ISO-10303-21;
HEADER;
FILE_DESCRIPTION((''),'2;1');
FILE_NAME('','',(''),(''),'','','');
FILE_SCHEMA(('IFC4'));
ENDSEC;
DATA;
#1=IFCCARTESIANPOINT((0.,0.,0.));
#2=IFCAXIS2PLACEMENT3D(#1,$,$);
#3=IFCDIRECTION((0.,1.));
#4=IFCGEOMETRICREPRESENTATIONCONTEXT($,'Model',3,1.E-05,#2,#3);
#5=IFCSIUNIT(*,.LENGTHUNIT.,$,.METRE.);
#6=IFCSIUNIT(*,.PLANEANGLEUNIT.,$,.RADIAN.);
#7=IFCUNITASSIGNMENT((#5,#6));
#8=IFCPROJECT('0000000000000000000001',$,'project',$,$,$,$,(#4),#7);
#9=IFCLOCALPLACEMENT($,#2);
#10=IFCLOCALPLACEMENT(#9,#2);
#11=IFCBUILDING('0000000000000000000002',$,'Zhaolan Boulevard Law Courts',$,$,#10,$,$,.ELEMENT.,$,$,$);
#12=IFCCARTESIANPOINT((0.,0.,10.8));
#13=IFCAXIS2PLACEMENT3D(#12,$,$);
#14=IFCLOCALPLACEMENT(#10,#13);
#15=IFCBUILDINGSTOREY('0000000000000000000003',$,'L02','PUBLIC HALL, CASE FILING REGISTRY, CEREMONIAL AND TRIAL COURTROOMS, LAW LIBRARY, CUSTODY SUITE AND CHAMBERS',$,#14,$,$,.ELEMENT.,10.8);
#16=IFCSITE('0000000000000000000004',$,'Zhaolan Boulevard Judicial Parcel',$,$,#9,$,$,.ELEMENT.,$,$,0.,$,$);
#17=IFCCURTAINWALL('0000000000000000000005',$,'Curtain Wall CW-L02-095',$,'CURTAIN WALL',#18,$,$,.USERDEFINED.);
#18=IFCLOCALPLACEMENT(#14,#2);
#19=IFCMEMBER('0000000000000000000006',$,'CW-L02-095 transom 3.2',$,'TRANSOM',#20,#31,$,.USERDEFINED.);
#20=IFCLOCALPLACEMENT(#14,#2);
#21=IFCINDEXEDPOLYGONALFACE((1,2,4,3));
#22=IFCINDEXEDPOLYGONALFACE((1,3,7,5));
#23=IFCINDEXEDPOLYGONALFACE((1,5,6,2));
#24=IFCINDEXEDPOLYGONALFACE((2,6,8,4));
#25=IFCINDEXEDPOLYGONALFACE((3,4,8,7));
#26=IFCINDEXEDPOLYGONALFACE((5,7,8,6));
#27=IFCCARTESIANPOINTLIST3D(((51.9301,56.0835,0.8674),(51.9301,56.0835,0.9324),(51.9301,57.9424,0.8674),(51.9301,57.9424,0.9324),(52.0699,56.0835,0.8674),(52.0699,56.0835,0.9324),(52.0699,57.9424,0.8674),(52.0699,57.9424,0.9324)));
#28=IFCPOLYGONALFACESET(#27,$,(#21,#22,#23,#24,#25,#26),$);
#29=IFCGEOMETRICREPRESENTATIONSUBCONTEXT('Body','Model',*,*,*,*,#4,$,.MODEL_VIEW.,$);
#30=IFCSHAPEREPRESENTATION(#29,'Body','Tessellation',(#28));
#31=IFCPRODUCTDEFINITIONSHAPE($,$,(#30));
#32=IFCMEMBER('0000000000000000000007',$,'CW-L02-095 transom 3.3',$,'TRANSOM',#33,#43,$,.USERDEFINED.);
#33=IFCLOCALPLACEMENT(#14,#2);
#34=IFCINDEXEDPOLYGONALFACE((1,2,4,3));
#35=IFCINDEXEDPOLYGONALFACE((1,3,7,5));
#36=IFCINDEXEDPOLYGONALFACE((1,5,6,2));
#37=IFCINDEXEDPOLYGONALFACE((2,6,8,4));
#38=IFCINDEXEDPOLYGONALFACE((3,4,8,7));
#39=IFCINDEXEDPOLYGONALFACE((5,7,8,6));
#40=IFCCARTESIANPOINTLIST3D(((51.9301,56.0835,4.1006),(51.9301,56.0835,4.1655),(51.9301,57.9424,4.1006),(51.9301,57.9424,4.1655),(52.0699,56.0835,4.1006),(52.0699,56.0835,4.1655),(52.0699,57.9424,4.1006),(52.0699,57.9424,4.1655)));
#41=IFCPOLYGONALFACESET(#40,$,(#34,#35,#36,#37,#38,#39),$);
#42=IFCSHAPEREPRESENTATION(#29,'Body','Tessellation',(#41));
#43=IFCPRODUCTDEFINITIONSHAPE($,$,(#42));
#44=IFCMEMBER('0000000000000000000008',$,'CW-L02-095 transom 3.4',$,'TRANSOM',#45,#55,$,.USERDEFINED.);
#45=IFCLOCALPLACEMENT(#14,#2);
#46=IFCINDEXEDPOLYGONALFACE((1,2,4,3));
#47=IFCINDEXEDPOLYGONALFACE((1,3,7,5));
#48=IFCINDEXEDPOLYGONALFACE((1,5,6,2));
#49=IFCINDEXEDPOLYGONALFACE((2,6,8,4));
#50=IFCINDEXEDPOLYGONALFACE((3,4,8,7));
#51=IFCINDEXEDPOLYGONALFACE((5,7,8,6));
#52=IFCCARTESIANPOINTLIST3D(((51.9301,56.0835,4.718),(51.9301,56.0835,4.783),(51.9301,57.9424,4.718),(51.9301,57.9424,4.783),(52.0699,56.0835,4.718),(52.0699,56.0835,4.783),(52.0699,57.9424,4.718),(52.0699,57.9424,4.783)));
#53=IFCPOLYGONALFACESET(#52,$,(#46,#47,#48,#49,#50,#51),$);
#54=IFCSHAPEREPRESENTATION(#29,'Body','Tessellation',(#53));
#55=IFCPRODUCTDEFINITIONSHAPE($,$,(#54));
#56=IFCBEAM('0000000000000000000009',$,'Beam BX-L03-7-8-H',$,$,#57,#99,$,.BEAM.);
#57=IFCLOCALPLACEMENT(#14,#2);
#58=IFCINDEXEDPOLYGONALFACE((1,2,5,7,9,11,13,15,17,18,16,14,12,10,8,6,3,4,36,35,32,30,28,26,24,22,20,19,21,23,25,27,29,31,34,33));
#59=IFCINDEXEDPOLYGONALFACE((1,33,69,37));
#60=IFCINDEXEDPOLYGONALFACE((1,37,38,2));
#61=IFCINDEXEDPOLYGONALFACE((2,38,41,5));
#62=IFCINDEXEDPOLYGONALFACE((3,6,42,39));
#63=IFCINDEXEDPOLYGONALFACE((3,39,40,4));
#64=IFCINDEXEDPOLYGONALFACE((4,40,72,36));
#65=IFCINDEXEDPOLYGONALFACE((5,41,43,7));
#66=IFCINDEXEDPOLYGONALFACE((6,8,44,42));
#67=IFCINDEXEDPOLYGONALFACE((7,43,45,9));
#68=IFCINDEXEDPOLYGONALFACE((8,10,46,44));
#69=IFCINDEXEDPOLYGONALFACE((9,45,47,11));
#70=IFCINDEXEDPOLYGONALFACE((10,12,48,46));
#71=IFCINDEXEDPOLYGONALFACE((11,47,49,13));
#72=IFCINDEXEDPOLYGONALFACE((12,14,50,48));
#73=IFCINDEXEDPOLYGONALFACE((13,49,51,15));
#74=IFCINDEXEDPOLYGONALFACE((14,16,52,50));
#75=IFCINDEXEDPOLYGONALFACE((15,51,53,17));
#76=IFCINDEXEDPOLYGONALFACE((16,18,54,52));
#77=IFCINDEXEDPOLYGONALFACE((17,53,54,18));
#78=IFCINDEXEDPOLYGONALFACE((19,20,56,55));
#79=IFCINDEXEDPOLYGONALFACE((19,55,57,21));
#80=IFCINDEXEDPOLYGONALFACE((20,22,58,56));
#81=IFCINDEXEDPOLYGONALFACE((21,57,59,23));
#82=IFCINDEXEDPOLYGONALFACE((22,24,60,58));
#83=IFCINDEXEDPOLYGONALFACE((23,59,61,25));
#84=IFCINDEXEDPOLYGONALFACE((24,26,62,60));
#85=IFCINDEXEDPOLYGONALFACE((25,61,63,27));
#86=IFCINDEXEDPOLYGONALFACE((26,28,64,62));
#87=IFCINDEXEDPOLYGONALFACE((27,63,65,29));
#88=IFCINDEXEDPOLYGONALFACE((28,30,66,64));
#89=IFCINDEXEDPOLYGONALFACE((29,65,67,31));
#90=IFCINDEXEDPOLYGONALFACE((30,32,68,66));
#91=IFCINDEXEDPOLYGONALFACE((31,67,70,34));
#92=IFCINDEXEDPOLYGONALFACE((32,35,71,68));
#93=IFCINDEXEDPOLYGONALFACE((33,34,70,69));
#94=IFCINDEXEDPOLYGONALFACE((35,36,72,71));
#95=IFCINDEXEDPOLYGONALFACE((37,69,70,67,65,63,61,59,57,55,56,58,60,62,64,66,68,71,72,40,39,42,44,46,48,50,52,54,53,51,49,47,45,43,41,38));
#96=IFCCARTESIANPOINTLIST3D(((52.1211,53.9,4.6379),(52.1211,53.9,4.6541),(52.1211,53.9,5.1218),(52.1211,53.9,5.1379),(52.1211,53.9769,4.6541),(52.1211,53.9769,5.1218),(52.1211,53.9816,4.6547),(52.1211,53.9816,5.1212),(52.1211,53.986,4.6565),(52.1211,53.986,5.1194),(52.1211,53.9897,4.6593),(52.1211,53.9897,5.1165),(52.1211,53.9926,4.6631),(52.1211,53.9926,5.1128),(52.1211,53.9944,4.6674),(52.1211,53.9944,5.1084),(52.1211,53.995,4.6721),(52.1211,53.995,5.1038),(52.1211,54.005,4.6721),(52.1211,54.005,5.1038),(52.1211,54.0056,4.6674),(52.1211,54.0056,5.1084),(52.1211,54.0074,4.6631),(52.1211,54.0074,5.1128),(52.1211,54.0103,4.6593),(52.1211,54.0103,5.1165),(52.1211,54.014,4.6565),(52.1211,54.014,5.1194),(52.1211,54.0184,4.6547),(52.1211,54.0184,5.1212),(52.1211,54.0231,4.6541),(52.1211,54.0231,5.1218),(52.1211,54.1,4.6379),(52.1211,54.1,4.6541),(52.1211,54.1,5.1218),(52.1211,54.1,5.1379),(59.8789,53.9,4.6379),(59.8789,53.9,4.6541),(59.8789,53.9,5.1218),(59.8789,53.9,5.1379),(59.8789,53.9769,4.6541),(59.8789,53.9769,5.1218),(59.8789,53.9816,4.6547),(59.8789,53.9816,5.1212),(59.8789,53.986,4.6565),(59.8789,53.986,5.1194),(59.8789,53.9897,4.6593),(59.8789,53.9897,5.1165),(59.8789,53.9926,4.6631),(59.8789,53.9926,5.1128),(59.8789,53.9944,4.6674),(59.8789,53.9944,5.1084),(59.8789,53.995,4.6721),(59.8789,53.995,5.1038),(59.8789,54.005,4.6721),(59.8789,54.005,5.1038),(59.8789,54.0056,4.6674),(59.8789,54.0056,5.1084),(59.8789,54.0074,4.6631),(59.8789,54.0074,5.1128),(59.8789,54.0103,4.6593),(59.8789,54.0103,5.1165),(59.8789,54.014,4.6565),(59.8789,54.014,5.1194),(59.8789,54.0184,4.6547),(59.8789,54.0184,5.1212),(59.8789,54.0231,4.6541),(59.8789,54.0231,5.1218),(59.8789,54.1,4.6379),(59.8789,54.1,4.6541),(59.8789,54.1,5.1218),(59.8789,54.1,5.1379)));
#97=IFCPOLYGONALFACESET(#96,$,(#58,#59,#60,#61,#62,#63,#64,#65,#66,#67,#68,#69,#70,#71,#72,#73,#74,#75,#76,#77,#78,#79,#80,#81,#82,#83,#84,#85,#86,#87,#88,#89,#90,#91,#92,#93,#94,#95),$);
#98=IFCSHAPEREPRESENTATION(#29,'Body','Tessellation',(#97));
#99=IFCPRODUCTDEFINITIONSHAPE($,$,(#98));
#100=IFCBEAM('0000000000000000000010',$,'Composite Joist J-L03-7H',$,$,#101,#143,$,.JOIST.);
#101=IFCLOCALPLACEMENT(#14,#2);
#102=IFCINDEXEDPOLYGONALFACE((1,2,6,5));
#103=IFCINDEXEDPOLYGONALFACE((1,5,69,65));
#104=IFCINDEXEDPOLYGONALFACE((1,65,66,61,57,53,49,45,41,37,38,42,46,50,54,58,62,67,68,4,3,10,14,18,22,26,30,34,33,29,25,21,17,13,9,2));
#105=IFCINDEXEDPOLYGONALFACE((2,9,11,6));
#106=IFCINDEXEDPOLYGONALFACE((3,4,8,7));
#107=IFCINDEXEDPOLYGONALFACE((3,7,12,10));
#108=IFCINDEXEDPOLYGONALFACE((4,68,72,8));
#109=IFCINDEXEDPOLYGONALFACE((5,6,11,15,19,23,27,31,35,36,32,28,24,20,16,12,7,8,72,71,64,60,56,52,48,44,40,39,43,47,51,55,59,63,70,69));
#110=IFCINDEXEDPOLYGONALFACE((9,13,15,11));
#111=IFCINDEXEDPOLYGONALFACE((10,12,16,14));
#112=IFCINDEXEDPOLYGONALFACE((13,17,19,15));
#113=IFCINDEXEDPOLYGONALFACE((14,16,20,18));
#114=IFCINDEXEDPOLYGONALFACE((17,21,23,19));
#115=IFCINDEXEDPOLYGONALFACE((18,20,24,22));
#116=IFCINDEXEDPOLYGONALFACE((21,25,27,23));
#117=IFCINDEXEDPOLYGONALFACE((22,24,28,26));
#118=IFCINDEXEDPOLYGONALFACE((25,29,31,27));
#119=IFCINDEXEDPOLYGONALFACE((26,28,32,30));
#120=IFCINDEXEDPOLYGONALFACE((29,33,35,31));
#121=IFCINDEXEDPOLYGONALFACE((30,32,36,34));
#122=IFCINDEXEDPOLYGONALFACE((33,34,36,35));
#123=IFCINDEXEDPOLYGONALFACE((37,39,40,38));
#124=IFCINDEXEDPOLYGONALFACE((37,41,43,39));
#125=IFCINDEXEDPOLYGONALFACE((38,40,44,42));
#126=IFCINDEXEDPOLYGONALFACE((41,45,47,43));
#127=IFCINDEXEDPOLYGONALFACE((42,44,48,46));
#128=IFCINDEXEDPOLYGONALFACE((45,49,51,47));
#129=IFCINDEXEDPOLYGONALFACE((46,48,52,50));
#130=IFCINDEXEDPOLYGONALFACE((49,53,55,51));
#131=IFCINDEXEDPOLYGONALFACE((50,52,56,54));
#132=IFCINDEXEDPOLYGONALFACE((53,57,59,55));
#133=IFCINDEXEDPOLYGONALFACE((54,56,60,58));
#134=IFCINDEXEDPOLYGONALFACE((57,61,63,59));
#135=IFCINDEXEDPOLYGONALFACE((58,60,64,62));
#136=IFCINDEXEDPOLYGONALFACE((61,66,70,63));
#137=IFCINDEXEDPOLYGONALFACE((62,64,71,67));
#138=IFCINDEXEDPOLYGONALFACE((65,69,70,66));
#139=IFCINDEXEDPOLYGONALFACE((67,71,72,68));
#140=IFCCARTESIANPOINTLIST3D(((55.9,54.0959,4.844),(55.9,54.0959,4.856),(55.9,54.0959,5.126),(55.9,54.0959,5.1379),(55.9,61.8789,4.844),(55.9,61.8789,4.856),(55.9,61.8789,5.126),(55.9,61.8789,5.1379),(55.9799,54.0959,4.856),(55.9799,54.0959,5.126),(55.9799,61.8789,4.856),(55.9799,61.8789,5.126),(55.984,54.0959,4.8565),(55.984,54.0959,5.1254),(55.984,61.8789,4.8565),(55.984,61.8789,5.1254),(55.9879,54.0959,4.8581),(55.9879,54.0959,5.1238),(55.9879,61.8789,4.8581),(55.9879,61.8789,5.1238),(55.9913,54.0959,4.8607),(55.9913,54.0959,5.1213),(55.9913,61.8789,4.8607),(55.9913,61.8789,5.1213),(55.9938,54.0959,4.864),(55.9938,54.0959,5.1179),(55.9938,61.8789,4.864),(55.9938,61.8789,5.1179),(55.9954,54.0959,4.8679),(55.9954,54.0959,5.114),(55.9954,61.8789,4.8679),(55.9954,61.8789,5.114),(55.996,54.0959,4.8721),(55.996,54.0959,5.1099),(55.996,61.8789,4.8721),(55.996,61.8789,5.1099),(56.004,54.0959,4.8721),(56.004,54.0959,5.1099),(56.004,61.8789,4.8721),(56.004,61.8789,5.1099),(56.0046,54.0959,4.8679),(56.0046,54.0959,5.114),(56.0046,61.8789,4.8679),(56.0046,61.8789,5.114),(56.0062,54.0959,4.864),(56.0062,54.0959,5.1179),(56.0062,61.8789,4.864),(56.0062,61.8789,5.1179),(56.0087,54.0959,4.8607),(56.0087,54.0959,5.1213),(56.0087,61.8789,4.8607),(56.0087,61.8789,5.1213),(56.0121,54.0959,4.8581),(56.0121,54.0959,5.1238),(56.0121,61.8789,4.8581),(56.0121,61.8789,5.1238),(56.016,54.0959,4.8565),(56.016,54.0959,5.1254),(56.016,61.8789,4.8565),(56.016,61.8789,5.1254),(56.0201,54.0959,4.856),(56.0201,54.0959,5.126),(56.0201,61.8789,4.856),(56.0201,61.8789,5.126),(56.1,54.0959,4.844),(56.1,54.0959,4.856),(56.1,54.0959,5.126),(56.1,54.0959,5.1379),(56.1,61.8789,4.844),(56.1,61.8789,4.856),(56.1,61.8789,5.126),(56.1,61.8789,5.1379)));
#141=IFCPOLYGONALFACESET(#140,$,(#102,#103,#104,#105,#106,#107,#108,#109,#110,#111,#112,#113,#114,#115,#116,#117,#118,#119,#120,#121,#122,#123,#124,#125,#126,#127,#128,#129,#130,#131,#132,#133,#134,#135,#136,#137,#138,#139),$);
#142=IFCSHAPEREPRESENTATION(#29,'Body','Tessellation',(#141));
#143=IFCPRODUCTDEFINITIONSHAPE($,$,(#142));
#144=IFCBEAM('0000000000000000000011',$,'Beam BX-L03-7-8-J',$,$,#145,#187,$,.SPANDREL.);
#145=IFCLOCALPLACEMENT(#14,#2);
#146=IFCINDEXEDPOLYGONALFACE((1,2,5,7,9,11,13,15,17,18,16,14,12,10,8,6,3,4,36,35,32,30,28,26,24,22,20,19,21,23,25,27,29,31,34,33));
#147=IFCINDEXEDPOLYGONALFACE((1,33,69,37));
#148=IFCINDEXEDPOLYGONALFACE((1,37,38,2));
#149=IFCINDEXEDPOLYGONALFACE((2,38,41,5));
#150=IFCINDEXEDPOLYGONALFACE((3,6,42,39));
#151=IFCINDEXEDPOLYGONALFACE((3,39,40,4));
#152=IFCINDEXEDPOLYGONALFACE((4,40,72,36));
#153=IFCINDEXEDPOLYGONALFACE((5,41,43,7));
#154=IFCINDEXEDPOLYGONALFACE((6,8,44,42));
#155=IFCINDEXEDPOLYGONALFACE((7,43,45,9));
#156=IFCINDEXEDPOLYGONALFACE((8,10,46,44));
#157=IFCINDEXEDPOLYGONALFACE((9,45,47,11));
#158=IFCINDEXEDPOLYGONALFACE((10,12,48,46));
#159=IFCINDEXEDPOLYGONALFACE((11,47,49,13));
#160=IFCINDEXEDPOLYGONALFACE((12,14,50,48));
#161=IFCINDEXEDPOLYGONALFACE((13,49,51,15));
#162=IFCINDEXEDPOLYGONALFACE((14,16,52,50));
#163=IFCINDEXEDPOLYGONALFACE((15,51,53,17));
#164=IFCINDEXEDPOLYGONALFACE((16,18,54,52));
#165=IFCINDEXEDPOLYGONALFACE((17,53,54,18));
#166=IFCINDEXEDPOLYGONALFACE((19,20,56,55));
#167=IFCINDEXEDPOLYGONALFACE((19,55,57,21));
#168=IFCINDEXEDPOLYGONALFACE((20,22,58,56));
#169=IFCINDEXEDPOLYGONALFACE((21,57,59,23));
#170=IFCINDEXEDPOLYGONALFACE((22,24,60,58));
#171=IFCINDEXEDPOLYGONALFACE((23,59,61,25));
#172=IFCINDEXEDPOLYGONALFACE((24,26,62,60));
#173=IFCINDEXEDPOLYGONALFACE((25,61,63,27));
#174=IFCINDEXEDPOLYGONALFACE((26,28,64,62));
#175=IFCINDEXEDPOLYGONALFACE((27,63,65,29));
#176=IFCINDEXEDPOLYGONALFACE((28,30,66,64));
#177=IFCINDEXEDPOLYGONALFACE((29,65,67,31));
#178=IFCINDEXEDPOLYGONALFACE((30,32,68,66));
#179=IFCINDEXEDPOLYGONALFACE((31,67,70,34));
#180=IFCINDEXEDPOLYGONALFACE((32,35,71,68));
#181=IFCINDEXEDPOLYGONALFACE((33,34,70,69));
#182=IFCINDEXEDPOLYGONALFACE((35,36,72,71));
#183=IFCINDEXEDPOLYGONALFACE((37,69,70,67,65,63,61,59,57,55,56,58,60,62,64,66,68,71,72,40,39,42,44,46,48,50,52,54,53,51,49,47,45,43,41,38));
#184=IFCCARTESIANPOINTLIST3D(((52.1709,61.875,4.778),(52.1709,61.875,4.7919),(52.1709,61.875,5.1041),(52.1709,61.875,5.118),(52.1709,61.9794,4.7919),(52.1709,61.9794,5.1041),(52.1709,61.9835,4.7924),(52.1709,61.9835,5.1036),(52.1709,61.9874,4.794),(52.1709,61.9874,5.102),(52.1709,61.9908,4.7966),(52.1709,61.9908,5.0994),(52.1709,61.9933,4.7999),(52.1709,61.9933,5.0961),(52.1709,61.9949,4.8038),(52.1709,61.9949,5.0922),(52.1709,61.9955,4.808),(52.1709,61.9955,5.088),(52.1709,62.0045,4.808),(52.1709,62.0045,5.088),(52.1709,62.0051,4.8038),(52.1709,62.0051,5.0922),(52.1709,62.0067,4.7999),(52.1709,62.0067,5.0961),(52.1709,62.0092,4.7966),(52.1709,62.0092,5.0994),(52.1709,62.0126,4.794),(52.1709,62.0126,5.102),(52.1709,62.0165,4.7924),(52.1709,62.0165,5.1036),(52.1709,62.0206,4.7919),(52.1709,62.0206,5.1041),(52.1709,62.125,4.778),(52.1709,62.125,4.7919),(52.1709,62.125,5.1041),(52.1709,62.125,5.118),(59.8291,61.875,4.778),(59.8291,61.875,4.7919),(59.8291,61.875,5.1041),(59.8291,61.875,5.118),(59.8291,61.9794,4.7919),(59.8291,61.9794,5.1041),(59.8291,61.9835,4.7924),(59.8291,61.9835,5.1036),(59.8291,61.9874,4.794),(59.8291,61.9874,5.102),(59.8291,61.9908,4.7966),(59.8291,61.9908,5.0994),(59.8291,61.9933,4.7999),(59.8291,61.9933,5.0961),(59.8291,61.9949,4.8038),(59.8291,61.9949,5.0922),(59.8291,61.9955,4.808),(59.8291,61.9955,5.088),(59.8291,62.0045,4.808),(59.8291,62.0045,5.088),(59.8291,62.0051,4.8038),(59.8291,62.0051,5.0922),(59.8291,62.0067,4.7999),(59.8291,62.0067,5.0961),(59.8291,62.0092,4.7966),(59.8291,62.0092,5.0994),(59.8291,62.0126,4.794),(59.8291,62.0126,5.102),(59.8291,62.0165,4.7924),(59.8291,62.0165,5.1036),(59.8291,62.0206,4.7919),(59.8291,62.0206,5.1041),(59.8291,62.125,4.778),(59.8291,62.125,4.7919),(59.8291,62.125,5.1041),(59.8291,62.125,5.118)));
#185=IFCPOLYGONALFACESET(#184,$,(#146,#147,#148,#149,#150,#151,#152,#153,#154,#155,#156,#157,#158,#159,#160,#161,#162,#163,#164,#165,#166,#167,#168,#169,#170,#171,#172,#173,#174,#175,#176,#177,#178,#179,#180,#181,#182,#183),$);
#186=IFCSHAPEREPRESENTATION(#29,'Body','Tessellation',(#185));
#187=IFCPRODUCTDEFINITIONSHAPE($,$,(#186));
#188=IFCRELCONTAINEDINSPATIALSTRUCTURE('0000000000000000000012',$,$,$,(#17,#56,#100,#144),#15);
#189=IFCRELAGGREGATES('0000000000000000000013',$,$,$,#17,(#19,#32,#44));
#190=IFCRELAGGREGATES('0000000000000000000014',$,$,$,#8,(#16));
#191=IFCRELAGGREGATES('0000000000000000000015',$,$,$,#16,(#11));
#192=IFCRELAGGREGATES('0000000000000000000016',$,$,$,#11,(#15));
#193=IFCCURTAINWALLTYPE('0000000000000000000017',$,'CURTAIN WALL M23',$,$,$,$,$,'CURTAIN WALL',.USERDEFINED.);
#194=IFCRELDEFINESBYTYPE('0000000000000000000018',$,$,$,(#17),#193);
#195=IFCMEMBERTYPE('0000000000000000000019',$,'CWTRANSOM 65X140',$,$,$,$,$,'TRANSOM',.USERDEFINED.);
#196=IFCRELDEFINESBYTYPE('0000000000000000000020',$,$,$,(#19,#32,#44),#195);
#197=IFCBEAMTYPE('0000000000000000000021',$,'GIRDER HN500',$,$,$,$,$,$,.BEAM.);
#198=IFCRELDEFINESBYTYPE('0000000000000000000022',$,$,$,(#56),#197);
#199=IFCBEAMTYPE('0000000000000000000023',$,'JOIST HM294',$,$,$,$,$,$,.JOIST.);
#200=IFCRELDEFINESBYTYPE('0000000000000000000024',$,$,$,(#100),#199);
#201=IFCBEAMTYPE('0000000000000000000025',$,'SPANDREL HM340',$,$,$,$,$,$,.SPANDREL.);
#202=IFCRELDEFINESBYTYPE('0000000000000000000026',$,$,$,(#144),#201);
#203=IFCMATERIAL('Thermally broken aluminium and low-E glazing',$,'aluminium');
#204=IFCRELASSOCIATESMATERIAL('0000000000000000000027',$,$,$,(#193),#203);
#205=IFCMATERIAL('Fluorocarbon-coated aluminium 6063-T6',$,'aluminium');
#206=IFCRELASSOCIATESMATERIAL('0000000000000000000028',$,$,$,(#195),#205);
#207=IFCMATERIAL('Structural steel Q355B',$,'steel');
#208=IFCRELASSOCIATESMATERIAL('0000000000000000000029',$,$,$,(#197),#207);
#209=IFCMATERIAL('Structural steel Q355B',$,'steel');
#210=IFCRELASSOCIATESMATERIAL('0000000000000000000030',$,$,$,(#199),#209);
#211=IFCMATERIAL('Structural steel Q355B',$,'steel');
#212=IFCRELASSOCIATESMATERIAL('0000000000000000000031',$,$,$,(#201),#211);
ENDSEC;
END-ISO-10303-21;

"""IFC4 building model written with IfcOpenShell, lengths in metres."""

from ifc_helpers import new_model, si_unit, direction, frame, origin, origin_2d, place, context, subcontext, project, spatial, rectangle, i_section, extrude, material, material_profile, profile_set, type_object, element, aggregate, save


model = new_model("IFC4")

# Units and contexts
model_context = context("Model", 3, precision=1e-05, world=origin(), true_north=direction((0.0, 1.0)))
body_context = subcontext(model_context, "Body", "Model", "MODEL_VIEW")
ifc_project = project(units=[si_unit("LENGTHUNIT", "METRE"), si_unit("PLANEANGLEUNIT", "RADIAN")], contexts=[model_context])

# Site, building, storey
site_placement = place(None, origin())
site = spatial("IfcSite", under=ifc_project, at=site_placement, Name="Zhaolan Boulevard Judicial Parcel", CompositionType="ELEMENT", RefElevation=0.0)
building_placement = place(site_placement, origin())
building = spatial("IfcBuilding", under=site, at=building_placement, Name="Zhaolan Boulevard Law Courts", CompositionType="ELEMENT")
storey_placement = place(building_placement, frame((0.0, 0.0, 10.8)))
storey = spatial("IfcBuildingStorey", under=building, at=storey_placement, Name="L02", Description="PUBLIC HALL, CASE FILING REGISTRY, CEREMONIAL AND TRIAL COURTROOMS, LAW LIBRARY, CUSTODY SUITE AND CHAMBERS", CompositionType="ELEMENT", Elevation=10.8)

# Curtain wall, members
ifc_material_1 = material(Name="Thermally broken aluminium and low-E glazing", Category="aluminium")
curtain_wall_type = type_object("IfcCurtainWallType", Name="CURTAIN WALL M23", ElementType="CURTAIN WALL", PredefinedType="USERDEFINED", material=ifc_material_1)
curtain_wall_placement = place(storey_placement, origin())
curtain_wall = element("IfcCurtainWall", 1, at=curtain_wall_placement, inside=storey, type_object=curtain_wall_type, Name="Curtain Wall CW-L02-095", ObjectType="CURTAIN WALL", PredefinedType="USERDEFINED")
ifc_material_2 = material(Name="Fluorocarbon-coated aluminium 6063-T6", Category="aluminium")
ifc_material_profile_1 = material_profile(ifc_material_2, rectangle(XDim=0.1399, YDim=0.0649, at=origin_2d()), Name="AL65x140")
ifc_profile_set_1 = profile_set([ifc_material_profile_1], Name="Fluorocarbon-coated aluminium 6063-T6")
member_type_1 = type_object("IfcMemberType", Name="CWTRANSOM 65X140", ElementType="TRANSOM", PredefinedType="USERDEFINED", material=ifc_profile_set_1)
member_1_placement = place(storey_placement, frame((52.0, 57.9424, 0.8999), z_axis=(0.0, -1.0, 0.0), x_axis=(1.0, 0.0, 0.0)))
member_1 = element("IfcMember", 2, at=member_1_placement, type_object=member_type_1, Name="CW-L02-095 transom 3.2", ObjectType="TRANSOM", PredefinedType="USERDEFINED", context=body_context, shape_type="SweptSolid", body=[
    extrude(rectangle(XDim=0.1399, YDim=0.0649, at=origin_2d()), origin(), (0.0, 0.0, 1.0), 1.8589),
])
member_2_placement = place(storey_placement, frame((52.0, 57.9424, 4.1331), z_axis=(0.0, -1.0, 0.0), x_axis=(1.0, 0.0, 0.0)))
member_2 = element("IfcMember", 3, at=member_2_placement, type_object=member_type_1, Name="CW-L02-095 transom 3.3", ObjectType="TRANSOM", PredefinedType="USERDEFINED", context=body_context, shape_type="SweptSolid", body=[
    extrude(rectangle(XDim=0.1399, YDim=0.0649, at=origin_2d()), origin(), (0.0, 0.0, 1.0), 1.8589),
])
member_3_placement = place(storey_placement, frame((52.0, 57.9424, 4.7505), z_axis=(0.0, -1.0, 0.0), x_axis=(1.0, 0.0, 0.0)))
member_3 = element("IfcMember", 4, at=member_3_placement, type_object=member_type_1, Name="CW-L02-095 transom 3.4", ObjectType="TRANSOM", PredefinedType="USERDEFINED", context=body_context, shape_type="SweptSolid", body=[
    extrude(rectangle(XDim=0.1399, YDim=0.0649, at=origin_2d()), origin(), (0.0, 0.0, 1.0), 1.8589),
])

# Beams
ifc_material_3 = material(Name="Structural steel Q355B", Category="steel")
ifc_material_profile_2 = material_profile(ifc_material_3, i_section(OverallWidth=0.2, OverallDepth=0.5, WebThickness=0.01, FlangeThickness=0.0161, FilletRadius=0.0181, at=origin_2d()), Name="HN500x200")
ifc_profile_set_2 = profile_set([ifc_material_profile_2], Name="Structural steel Q355B")
beam_type_1 = type_object("IfcBeamType", Name="GIRDER HN500", PredefinedType="BEAM", material=ifc_profile_set_2)
beam_1_placement = place(storey_placement, frame((52.1211, 54.0, 4.8879), z_axis=(1.0, 0.0, 0.0), x_axis=(0.0, 1.0, 0.0)))
element("IfcBeam", 5, at=beam_1_placement, inside=storey, type_object=beam_type_1, Name="Beam BX-L03-7-8-H", PredefinedType="BEAM", context=body_context, shape_type="SweptSolid", body=[
    extrude(i_section(OverallWidth=0.2, OverallDepth=0.5, WebThickness=0.01, FlangeThickness=0.0161, FilletRadius=0.0181, at=origin_2d()), origin(), (0.0, 0.0, 1.0), 7.7578),
])
ifc_material_4 = material(Name="Structural steel Q355B", Category="steel")
ifc_material_profile_3 = material_profile(ifc_material_4, i_section(OverallWidth=0.2, OverallDepth=0.2939, WebThickness=0.0081, FlangeThickness=0.012, FilletRadius=0.0161, at=origin_2d()), Name="HM294x200")
ifc_profile_set_3 = profile_set([ifc_material_profile_3], Name="Structural steel Q355B")
beam_type_2 = type_object("IfcBeamType", Name="JOIST HM294", PredefinedType="JOIST", material=ifc_profile_set_3)
beam_2_placement = place(storey_placement, frame((56.0, 54.0959, 4.991), z_axis=(0.0, 1.0, 0.0), x_axis=(-1.0, 0.0, 0.0)))
element("IfcBeam", 6, at=beam_2_placement, inside=storey, type_object=beam_type_2, Name="Composite Joist J-L03-7H", PredefinedType="JOIST", context=body_context, shape_type="SweptSolid", body=[
    extrude(i_section(OverallWidth=0.2, OverallDepth=0.2939, WebThickness=0.0081, FlangeThickness=0.012, FilletRadius=0.0161, at=origin_2d()), origin(), (0.0, 0.0, 1.0), 7.783),
])
ifc_material_5 = material(Name="Structural steel Q355B", Category="steel")
ifc_material_profile_4 = material_profile(ifc_material_5, i_section(OverallWidth=0.25, OverallDepth=0.3401, WebThickness=0.009, FlangeThickness=0.0139, FilletRadius=0.0161, at=origin_2d()), Name="HM340x250")
ifc_profile_set_4 = profile_set([ifc_material_profile_4], Name="Structural steel Q355B")
beam_type_3 = type_object("IfcBeamType", Name="SPANDREL HM340", PredefinedType="SPANDREL", material=ifc_profile_set_4)
beam_3_placement = place(storey_placement, frame((52.1709, 62.0, 4.948), z_axis=(1.0, 0.0, 0.0), x_axis=(0.0, 1.0, 0.0)))
element("IfcBeam", 7, at=beam_3_placement, inside=storey, type_object=beam_type_3, Name="Beam BX-L03-7-8-J", PredefinedType="SPANDREL", context=body_context, shape_type="SweptSolid", body=[
    extrude(i_section(OverallWidth=0.25, OverallDepth=0.3401, WebThickness=0.009, FlangeThickness=0.0139, FilletRadius=0.0161, at=origin_2d()), origin(), (0.0, 0.0, 1.0), 7.6582),
])

aggregate(curtain_wall, [member_1, member_2, member_3])

save(model, "model.ifc")
